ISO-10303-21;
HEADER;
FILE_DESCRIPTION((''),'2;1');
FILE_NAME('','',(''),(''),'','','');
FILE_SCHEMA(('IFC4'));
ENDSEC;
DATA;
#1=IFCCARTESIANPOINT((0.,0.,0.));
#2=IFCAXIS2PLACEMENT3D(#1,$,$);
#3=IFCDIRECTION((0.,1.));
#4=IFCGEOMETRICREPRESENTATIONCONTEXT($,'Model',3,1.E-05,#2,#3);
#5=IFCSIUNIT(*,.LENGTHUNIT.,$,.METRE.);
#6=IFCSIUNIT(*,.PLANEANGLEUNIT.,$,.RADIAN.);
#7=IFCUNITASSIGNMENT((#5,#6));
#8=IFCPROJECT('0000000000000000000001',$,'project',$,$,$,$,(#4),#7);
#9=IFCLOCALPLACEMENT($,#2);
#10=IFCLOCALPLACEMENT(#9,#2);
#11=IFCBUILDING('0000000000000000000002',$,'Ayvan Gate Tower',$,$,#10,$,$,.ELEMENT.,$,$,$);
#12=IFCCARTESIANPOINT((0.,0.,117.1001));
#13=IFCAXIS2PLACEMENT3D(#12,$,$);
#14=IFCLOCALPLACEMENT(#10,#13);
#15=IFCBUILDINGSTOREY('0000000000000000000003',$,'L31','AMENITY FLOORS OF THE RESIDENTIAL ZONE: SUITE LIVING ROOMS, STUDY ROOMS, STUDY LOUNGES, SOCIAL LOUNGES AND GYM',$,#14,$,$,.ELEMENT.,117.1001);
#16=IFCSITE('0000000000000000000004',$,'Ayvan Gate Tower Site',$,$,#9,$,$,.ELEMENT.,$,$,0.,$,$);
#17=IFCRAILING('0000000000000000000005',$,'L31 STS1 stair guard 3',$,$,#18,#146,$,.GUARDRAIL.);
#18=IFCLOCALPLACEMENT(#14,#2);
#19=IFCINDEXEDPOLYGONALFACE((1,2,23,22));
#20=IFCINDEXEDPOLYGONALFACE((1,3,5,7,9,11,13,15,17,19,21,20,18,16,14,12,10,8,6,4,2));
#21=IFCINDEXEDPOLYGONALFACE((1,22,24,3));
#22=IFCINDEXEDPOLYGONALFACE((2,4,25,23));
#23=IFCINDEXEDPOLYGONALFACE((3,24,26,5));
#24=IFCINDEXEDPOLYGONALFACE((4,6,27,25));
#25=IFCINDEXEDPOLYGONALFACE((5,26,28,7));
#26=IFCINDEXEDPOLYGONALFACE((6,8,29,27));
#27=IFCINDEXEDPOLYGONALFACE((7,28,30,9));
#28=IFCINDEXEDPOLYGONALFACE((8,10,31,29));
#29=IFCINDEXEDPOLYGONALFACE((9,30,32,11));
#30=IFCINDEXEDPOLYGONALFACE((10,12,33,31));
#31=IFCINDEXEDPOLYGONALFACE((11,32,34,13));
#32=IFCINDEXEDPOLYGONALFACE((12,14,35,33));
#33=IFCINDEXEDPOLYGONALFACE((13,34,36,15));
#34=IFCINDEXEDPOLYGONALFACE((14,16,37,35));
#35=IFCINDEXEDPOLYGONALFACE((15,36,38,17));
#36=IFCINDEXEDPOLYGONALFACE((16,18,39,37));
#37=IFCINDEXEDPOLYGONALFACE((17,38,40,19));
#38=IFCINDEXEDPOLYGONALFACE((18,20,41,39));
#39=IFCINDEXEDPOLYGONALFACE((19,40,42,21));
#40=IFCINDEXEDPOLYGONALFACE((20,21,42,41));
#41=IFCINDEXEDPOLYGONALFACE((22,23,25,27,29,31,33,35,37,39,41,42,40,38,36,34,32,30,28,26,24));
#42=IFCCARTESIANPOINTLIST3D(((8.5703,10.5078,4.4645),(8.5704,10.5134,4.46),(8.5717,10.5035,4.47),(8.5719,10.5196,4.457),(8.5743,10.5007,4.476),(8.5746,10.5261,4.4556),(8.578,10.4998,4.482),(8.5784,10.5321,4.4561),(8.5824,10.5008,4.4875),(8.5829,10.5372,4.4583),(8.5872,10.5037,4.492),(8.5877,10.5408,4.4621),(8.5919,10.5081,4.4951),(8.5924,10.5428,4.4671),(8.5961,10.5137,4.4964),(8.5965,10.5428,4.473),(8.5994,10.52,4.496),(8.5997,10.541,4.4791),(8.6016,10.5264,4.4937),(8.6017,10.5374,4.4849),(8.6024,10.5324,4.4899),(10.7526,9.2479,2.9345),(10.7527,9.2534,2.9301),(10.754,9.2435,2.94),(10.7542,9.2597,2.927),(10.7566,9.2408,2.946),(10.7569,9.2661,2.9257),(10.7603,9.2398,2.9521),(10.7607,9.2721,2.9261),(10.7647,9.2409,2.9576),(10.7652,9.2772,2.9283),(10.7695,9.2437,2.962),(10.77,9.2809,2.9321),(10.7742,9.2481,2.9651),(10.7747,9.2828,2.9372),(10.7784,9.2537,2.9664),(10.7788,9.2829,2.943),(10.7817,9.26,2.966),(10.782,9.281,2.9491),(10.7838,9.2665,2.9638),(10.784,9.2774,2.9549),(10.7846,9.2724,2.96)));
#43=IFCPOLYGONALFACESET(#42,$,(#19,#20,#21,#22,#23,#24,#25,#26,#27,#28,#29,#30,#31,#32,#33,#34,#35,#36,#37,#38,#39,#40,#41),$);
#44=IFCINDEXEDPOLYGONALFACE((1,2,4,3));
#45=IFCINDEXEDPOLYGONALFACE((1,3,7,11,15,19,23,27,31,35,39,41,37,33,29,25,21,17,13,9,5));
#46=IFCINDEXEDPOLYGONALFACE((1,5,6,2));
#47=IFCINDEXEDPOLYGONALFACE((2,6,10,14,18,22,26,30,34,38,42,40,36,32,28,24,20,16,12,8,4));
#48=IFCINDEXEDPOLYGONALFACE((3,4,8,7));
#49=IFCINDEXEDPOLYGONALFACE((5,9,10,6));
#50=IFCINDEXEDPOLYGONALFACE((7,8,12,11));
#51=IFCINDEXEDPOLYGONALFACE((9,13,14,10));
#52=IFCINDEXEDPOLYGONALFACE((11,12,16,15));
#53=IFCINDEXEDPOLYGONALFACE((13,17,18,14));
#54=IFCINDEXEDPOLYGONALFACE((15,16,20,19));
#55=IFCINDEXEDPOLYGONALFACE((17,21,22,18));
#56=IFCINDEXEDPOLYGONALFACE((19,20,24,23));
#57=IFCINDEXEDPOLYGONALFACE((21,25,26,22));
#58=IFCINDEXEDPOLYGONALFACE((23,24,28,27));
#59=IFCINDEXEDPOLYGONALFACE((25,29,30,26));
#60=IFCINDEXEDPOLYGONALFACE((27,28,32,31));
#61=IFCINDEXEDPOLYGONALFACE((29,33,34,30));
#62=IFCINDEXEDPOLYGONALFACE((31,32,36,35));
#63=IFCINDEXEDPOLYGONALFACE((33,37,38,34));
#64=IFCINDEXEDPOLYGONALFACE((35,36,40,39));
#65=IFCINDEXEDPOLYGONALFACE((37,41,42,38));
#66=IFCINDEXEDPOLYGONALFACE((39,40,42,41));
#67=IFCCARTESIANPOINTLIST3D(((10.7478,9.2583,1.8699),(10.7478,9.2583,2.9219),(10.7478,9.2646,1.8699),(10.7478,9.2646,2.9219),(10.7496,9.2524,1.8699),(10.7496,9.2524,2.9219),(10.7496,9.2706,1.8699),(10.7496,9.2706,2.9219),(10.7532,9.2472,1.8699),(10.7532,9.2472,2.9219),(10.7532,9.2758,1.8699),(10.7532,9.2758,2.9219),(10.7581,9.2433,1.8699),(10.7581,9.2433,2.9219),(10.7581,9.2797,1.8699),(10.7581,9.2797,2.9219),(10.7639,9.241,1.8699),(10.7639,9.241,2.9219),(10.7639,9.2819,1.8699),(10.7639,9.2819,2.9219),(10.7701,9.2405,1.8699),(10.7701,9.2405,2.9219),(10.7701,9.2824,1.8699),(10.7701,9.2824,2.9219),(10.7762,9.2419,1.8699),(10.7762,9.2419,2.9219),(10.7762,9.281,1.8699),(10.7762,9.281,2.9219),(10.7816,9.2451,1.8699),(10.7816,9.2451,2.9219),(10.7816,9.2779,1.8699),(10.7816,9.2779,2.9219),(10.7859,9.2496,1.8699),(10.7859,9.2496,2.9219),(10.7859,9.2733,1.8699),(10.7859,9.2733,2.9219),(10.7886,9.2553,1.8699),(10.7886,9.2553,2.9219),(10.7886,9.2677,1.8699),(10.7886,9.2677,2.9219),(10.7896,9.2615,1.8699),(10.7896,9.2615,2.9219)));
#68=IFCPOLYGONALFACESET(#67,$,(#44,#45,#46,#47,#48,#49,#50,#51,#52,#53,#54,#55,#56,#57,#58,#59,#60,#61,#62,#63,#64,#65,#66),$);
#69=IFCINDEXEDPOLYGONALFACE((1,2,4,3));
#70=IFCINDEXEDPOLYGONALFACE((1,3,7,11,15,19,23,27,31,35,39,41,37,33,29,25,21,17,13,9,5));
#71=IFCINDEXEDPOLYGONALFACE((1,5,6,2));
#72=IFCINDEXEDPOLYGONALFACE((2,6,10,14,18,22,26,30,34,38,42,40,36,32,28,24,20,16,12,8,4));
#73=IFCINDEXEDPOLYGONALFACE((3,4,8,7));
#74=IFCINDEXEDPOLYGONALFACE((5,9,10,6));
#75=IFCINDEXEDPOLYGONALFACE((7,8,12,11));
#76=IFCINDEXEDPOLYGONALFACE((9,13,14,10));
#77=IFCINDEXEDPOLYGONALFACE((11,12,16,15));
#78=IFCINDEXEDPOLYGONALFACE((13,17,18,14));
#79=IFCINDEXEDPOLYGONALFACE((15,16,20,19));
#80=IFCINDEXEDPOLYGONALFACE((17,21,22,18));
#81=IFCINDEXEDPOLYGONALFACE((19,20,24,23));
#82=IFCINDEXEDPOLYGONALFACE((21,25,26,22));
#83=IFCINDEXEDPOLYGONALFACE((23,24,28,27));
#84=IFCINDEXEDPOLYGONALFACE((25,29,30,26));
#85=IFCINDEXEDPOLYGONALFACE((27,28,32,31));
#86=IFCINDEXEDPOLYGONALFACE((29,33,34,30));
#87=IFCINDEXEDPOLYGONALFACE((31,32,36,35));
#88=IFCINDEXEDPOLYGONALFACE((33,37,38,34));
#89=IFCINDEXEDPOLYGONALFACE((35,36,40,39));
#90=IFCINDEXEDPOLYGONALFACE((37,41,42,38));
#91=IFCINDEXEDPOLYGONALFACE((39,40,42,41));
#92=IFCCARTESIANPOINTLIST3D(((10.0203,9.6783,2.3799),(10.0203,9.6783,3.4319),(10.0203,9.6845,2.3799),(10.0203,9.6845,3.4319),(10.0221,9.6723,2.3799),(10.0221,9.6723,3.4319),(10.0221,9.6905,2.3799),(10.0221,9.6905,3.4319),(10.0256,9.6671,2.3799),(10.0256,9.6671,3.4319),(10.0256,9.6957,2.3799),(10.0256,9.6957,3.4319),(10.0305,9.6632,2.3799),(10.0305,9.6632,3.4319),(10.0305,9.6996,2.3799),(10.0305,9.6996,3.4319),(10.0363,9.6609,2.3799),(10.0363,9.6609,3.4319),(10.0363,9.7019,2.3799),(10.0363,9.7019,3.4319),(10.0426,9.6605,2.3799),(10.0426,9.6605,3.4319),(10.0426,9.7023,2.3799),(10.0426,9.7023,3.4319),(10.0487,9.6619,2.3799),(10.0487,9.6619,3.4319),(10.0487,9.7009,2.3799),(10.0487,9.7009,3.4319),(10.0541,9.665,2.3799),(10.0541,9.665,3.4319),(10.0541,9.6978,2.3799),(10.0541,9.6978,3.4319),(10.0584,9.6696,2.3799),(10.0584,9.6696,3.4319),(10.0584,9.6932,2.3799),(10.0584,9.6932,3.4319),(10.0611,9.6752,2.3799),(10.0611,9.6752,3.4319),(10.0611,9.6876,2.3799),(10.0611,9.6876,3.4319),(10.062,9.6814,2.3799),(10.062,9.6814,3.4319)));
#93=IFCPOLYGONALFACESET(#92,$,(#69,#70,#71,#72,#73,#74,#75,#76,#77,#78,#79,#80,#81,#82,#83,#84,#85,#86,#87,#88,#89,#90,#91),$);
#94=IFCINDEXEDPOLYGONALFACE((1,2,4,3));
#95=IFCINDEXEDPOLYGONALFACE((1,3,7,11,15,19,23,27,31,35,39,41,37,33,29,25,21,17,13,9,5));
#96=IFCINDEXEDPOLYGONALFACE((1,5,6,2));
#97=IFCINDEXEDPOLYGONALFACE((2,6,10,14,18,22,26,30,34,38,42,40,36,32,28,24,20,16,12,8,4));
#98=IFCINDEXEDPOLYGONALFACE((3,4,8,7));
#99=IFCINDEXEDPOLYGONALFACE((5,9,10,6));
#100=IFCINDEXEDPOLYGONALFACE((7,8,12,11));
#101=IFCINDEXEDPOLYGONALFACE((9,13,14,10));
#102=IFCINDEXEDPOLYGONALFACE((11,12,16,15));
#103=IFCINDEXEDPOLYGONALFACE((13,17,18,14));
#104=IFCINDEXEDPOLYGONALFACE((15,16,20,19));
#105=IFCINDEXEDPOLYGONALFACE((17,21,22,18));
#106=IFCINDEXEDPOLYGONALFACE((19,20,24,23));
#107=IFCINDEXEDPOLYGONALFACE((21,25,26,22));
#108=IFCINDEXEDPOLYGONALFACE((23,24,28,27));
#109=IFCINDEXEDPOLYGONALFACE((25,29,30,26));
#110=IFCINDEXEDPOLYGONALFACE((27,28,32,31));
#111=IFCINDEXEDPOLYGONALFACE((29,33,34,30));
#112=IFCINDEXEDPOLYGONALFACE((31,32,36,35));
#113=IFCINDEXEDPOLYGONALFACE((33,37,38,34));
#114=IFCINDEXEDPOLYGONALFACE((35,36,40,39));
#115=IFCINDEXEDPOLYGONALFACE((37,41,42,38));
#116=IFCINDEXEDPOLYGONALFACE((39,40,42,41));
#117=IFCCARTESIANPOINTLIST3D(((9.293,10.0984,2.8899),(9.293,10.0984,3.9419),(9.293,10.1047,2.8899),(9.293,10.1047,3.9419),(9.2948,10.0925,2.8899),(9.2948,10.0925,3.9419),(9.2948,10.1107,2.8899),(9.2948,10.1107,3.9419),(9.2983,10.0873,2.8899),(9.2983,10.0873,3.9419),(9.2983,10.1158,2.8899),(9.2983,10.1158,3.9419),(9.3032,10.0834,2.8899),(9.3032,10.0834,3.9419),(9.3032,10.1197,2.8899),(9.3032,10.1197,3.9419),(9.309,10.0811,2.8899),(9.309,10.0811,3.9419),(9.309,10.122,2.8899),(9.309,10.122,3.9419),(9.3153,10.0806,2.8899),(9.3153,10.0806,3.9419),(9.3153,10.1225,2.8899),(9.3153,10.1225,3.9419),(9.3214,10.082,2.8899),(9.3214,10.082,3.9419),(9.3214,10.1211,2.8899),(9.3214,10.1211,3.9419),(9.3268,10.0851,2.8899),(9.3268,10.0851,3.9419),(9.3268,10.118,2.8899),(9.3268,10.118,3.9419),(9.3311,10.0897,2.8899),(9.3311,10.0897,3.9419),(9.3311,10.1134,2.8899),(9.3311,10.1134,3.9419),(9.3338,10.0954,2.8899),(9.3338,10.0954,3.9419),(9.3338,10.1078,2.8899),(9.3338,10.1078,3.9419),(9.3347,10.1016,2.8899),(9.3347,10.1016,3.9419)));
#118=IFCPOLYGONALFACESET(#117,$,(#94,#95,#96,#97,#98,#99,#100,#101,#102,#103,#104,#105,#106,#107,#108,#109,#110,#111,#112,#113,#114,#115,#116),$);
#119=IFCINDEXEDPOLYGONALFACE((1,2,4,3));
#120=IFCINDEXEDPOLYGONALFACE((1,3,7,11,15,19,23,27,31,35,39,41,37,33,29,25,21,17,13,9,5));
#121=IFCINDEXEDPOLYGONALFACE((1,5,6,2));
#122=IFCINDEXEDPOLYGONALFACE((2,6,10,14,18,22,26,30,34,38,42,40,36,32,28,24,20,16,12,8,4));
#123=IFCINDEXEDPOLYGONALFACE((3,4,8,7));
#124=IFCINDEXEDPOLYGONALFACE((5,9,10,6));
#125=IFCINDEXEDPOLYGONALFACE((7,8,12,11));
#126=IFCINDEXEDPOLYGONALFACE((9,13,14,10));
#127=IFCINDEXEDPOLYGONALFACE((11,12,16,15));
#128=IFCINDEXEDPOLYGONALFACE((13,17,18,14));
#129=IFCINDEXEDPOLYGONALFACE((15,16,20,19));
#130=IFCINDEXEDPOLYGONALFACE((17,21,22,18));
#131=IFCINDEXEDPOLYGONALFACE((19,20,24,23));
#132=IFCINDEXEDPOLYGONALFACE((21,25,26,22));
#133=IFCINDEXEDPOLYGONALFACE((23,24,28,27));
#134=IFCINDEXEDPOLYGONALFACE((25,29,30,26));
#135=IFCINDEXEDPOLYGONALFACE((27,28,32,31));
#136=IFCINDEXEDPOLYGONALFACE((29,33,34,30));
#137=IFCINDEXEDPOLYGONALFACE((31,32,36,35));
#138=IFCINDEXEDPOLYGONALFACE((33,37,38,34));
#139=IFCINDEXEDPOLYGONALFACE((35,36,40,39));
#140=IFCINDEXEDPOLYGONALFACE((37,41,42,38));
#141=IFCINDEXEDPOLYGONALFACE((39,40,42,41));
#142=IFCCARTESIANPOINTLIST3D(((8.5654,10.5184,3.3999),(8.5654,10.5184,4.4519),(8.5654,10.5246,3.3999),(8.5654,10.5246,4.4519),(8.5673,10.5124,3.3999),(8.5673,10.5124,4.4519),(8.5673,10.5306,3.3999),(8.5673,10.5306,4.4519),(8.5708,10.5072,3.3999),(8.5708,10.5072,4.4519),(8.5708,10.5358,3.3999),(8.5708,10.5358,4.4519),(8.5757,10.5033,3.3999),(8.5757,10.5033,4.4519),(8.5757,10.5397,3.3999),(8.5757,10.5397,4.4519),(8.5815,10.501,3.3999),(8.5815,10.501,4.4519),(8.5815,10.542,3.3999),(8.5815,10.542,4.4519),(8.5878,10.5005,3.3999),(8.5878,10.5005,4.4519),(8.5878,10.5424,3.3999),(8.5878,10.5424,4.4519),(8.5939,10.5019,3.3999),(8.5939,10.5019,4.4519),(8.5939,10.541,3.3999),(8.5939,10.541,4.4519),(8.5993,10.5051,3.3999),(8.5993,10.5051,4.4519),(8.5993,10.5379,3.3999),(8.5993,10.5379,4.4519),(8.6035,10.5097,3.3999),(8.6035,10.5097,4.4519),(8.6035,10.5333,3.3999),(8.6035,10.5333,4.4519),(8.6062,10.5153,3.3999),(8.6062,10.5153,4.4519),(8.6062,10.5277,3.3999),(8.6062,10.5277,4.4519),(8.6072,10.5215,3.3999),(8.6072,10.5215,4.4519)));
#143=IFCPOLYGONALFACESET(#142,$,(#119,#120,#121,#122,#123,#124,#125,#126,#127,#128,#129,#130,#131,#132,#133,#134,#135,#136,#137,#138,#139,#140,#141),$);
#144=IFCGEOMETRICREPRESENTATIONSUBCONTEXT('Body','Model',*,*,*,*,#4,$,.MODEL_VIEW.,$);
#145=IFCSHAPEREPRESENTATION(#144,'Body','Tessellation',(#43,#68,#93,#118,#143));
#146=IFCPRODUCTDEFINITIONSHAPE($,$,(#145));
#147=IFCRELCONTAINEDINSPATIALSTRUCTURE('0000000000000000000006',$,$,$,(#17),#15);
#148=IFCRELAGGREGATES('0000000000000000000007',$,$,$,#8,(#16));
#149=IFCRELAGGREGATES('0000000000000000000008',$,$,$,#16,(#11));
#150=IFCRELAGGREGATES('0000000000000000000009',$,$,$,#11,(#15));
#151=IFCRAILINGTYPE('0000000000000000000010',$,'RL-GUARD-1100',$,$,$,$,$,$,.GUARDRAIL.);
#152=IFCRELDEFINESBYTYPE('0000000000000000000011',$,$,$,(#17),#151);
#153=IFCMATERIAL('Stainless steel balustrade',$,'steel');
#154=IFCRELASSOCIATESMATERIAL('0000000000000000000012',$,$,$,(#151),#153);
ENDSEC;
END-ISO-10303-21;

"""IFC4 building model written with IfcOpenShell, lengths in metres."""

from ifc_helpers import new_model, si_unit, direction, frame, origin, origin_2d, place, context, subcontext, project, spatial, circle, extrude, material, type_object, element, save


model = new_model("IFC4")

# Units and contexts
model_context = context("Model", 3, precision=1e-05, world=origin(), true_north=direction((0.0, 1.0)))
body_context = subcontext(model_context, "Body", "Model", "MODEL_VIEW")
ifc_project = project(units=[si_unit("LENGTHUNIT", "METRE"), si_unit("PLANEANGLEUNIT", "RADIAN")], contexts=[model_context])

# Site, building, storey
site_placement = place(None, origin())
site = spatial("IfcSite", under=ifc_project, at=site_placement, Name="Ayvan Gate Tower Site", CompositionType="ELEMENT", RefElevation=0.0)
building_placement = place(site_placement, origin())
building = spatial("IfcBuilding", under=site, at=building_placement, Name="Ayvan Gate Tower", CompositionType="ELEMENT")
storey_placement = place(building_placement, frame((0.0, 0.0, 117.1001)))
storey = spatial("IfcBuildingStorey", under=building, at=storey_placement, Name="L31", Description="AMENITY FLOORS OF THE RESIDENTIAL ZONE: SUITE LIVING ROOMS, STUDY ROOMS, STUDY LOUNGES, SOCIAL LOUNGES AND GYM", CompositionType="ELEMENT", Elevation=117.1001)

# Railing
ifc_material_1 = material(Name="Stainless steel balustrade", Category="steel")
railing_type_1 = type_object("IfcRailingType", Name="RL-GUARD-1100", PredefinedType="GUARDRAIL", material=ifc_material_1)
railing_1_placement = place(storey_placement, frame((10.7686, 9.2615, 1.8699)))
element("IfcRailing", 1, at=railing_1_placement, inside=storey, type_object=railing_type_1, Name="L31 STS1 stair guard 3", PredefinedType="GUARDRAIL", context=body_context, shape_type="SweptSolid", body=[
    extrude(circle(Radius=0.0239, at=origin_2d()), frame((0.0, 0.0, 1.0762), z_axis=(-0.740261, 0.427395, 0.518986), x_axis=(-0.500005, -0.866023, 0.0)), (0.0, 0.0, 1.0), 2.948),
    extrude(circle(Radius=0.021, at=origin_2d()), origin(), (0.0, 0.0, 1.0), 1.052),
    extrude(circle(Radius=0.021, at=origin_2d()), frame((-0.7275, 0.4199, 0.51)), (0.0, 0.0, 1.0), 1.052),
    extrude(circle(Radius=0.021, at=origin_2d()), frame((-1.4548, 0.8401, 1.02)), (0.0, 0.0, 1.0), 1.052),
    extrude(circle(Radius=0.021, at=origin_2d()), frame((-2.1824, 1.26, 1.53)), (0.0, 0.0, 1.0), 1.052),
])

save(model, "model.ifc")
